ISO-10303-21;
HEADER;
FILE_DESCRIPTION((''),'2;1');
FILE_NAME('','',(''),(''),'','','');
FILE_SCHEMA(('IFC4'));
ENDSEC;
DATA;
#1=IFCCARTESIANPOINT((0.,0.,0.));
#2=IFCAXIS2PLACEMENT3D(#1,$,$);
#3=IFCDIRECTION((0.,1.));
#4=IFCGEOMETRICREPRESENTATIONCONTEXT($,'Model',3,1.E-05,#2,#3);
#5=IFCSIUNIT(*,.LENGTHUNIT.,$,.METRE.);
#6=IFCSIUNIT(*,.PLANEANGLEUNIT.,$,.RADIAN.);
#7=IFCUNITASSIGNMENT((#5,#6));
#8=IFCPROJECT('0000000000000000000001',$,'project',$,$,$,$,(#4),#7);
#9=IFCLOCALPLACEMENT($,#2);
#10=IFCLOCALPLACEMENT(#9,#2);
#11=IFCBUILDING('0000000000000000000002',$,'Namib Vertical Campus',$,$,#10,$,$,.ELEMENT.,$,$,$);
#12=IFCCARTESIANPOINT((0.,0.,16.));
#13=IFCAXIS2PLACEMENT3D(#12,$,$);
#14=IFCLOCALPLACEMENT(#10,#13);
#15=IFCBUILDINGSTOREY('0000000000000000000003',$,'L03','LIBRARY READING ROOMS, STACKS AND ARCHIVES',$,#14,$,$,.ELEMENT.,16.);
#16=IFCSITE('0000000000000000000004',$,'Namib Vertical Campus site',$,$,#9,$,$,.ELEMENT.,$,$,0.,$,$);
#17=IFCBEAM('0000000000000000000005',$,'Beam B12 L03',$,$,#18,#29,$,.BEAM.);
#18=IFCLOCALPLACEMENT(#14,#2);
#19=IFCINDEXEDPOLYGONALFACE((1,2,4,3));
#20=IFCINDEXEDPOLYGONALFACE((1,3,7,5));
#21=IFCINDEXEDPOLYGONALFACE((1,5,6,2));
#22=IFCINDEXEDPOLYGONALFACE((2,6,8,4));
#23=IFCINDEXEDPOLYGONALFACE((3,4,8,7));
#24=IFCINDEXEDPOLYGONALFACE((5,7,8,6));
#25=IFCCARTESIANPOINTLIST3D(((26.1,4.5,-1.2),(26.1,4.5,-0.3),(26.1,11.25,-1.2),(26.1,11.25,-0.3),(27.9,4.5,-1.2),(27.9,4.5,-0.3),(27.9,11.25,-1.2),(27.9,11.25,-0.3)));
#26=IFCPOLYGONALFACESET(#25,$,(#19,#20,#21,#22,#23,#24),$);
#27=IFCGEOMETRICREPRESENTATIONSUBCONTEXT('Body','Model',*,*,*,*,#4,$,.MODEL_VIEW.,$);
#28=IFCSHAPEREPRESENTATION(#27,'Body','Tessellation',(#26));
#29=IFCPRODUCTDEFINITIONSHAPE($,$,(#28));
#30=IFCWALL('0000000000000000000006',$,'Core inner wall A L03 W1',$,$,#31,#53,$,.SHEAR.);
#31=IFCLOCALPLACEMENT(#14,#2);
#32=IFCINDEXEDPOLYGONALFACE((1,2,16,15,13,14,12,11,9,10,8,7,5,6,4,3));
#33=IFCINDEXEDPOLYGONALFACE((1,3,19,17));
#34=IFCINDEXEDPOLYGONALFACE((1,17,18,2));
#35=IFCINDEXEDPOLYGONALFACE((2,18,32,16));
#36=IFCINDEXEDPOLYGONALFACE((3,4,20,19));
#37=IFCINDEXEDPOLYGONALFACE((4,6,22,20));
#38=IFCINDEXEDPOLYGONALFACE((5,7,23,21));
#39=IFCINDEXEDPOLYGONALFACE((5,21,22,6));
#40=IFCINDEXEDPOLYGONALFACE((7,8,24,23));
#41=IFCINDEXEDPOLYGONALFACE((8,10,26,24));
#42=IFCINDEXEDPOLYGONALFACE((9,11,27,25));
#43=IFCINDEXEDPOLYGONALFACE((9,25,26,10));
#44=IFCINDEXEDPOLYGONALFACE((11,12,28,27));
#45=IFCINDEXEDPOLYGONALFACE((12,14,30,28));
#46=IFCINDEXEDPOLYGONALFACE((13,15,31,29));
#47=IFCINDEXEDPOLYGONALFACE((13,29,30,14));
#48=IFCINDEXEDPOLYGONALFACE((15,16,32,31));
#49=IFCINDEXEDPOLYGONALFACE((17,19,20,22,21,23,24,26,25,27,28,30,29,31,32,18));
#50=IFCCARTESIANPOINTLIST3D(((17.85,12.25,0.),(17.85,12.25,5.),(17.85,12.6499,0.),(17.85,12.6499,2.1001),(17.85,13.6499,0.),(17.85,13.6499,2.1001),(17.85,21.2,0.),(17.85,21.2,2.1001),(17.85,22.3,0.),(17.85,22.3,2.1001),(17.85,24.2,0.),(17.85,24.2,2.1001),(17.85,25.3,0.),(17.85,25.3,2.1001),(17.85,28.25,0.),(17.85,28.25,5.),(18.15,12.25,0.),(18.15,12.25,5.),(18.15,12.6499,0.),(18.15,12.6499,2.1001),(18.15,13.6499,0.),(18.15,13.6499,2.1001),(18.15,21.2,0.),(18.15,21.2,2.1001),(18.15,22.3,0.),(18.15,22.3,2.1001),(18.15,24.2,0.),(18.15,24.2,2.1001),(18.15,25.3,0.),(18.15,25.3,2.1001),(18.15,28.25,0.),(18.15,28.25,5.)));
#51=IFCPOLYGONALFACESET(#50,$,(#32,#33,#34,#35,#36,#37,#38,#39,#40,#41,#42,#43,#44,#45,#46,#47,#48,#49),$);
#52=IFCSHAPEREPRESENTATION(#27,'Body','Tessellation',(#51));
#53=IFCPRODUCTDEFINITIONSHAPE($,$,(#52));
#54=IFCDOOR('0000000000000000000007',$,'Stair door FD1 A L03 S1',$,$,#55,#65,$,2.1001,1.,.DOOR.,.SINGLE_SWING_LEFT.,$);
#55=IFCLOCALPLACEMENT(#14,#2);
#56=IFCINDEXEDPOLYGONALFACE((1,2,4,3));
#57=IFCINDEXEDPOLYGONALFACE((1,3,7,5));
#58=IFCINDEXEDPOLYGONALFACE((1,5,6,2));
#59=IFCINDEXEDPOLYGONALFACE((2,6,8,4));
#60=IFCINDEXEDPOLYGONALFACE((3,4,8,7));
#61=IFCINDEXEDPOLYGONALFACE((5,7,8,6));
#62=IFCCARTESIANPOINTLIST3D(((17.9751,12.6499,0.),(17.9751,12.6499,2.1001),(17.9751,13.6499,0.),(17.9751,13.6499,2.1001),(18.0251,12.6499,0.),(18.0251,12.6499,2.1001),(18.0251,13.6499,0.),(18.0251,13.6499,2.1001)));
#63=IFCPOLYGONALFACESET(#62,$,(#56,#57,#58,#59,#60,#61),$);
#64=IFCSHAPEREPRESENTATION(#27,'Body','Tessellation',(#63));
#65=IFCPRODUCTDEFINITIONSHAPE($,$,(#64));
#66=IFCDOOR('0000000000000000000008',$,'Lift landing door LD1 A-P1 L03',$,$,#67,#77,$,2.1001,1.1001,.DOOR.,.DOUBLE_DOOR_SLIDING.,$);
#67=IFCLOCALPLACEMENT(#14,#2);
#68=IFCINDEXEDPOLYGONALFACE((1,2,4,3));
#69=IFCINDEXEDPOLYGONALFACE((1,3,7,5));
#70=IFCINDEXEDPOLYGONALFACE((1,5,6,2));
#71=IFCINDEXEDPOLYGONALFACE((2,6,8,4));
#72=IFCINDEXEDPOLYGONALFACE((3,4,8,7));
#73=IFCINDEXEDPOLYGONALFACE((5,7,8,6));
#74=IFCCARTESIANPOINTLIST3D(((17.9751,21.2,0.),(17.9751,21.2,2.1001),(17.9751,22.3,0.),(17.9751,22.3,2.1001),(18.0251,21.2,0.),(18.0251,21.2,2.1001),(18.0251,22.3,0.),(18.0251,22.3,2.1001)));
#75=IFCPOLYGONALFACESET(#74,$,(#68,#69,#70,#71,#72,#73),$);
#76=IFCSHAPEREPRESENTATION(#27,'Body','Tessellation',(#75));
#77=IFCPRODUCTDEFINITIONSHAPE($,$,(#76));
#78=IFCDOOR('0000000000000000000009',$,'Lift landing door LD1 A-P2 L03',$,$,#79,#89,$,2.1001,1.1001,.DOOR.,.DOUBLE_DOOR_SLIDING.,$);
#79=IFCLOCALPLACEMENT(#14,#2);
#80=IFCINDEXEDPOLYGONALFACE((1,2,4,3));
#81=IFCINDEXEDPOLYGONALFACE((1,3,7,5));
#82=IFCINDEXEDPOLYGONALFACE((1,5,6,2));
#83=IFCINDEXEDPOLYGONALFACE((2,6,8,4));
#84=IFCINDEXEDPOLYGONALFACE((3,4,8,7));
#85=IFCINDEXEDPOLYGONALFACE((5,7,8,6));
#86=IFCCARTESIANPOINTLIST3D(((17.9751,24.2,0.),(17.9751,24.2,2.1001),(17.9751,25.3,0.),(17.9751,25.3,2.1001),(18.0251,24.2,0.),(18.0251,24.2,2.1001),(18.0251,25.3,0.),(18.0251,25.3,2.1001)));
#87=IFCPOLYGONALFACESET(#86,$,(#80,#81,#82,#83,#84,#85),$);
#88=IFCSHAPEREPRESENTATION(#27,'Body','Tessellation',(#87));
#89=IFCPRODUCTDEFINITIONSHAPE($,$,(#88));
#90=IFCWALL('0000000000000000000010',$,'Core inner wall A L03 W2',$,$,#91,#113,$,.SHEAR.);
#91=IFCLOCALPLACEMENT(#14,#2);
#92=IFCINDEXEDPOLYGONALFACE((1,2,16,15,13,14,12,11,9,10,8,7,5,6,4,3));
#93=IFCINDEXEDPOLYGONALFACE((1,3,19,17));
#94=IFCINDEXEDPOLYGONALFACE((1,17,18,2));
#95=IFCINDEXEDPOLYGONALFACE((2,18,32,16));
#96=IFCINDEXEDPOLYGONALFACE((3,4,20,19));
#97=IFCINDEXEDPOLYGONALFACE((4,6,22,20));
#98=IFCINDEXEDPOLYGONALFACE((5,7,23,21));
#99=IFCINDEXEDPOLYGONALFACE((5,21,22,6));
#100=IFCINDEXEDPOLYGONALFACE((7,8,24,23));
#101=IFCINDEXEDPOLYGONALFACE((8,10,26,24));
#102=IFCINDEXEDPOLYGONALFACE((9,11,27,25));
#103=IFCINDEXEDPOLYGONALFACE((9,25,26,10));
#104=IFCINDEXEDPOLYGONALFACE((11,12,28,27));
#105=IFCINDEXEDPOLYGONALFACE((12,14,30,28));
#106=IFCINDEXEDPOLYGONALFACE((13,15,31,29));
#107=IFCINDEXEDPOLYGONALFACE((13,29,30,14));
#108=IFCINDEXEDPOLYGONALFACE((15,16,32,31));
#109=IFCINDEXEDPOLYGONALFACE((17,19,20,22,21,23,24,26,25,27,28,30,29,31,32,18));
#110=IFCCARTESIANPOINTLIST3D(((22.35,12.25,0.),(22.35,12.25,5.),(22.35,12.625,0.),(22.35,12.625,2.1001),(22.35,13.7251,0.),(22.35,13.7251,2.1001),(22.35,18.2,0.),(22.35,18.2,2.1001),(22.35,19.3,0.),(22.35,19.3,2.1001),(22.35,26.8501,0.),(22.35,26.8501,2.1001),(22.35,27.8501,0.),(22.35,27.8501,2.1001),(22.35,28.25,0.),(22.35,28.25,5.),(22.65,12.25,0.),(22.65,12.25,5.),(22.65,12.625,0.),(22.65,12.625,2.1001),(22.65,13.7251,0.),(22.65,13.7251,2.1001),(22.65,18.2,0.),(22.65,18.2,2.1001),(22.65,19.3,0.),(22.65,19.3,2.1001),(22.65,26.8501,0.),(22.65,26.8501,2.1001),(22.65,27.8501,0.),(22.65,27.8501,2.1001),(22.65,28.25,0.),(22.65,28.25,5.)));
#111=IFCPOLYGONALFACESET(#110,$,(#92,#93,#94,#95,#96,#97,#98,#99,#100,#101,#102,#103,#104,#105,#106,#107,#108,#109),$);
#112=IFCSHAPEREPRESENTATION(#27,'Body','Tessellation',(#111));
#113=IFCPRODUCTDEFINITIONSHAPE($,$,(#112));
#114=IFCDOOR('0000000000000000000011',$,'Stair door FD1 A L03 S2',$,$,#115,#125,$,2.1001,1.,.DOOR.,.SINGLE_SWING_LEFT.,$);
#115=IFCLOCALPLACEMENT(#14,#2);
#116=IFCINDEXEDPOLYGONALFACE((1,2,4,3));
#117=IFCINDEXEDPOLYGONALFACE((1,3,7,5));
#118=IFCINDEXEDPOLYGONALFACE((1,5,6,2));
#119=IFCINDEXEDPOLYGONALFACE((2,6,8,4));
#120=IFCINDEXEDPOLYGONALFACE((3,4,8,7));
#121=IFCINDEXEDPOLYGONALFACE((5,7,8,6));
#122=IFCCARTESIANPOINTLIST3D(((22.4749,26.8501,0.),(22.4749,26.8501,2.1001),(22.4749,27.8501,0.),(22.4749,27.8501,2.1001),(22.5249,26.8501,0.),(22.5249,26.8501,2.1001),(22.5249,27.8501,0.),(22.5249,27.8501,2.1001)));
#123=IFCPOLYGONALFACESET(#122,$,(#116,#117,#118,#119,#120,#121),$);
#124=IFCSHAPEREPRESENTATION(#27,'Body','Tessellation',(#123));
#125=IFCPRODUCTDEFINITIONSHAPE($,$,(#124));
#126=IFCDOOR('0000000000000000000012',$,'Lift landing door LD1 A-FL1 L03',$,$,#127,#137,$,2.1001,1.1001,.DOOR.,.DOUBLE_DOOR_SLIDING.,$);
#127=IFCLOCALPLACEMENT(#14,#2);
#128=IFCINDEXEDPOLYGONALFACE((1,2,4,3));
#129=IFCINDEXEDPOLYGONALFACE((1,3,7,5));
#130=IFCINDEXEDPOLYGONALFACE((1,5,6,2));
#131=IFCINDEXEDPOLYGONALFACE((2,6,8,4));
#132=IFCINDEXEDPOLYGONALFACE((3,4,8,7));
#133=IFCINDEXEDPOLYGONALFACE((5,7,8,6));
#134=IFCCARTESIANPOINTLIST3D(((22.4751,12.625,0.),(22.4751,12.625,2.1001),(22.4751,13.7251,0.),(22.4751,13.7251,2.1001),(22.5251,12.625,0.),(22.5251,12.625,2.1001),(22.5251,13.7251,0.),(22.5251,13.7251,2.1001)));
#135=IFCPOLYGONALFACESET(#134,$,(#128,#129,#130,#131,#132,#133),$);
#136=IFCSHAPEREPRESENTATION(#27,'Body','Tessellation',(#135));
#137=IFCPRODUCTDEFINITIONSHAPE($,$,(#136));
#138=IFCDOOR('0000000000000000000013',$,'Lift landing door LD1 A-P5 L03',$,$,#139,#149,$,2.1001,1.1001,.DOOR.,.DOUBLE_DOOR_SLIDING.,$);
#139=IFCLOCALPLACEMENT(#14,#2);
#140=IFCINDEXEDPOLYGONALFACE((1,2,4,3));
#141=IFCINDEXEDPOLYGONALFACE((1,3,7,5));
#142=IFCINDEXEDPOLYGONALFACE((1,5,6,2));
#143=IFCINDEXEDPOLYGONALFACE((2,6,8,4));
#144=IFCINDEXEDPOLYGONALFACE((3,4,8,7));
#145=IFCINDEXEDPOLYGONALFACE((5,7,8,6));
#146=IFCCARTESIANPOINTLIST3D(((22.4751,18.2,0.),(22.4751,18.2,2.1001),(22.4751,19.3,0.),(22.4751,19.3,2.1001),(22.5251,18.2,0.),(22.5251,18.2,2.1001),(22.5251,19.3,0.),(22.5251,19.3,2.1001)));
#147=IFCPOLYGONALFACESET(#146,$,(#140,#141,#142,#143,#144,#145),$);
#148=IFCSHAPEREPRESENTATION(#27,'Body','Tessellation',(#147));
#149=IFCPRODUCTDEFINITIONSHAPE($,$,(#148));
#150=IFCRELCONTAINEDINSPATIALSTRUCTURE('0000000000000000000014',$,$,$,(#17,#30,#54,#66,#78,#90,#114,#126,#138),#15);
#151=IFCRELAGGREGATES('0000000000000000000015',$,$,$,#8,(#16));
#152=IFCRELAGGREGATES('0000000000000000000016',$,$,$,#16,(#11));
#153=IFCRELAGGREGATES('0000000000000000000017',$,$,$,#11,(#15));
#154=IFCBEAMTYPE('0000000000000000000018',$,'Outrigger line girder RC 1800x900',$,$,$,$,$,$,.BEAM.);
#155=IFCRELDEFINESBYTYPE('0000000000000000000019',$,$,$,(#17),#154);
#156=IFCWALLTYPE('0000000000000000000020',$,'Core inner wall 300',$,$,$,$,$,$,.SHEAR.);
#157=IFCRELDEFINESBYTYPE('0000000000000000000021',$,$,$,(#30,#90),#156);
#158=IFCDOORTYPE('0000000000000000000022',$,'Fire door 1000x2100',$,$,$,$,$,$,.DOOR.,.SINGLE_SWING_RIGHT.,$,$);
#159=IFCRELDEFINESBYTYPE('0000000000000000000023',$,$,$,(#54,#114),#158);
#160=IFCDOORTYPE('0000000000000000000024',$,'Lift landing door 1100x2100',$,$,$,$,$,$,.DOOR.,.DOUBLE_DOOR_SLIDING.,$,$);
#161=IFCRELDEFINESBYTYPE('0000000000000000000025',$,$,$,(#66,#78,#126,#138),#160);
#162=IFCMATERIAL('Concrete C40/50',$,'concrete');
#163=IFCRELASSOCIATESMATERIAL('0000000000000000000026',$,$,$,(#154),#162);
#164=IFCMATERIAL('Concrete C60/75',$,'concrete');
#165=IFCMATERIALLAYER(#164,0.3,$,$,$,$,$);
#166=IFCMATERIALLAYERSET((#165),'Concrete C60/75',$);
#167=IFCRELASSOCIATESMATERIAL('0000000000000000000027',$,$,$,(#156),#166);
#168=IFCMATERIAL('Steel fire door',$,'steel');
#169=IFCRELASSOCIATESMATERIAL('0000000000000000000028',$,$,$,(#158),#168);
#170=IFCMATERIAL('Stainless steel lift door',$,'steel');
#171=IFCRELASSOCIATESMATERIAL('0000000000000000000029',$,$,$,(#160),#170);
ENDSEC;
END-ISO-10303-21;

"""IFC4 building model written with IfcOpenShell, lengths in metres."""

from ifc_helpers import new_model, si_unit, direction, frame, frame_2d, origin, origin_2d, place, context, subcontext, project, spatial, rectangle, extrude, material, layer, layer_set, material_profile, profile_set, type_object, element, fill, save


model = new_model("IFC4")

# Units and contexts
model_context = context("Model", 3, precision=1e-05, world=origin(), true_north=direction((0.0, 1.0)))
body_context = subcontext(model_context, "Body", "Model", "MODEL_VIEW")
ifc_project = project(units=[si_unit("LENGTHUNIT", "METRE"), si_unit("PLANEANGLEUNIT", "RADIAN")], contexts=[model_context])

# Site, building, storey
site_placement = place(None, origin())
site = spatial("IfcSite", under=ifc_project, at=site_placement, Name="Namib Vertical Campus site", CompositionType="ELEMENT", RefElevation=0.0)
building_placement = place(site_placement, origin())
building = spatial("IfcBuilding", under=site, at=building_placement, Name="Namib Vertical Campus", CompositionType="ELEMENT")
storey_placement = place(building_placement, frame((0.0, 0.0, 16.0)))
storey = spatial("IfcBuildingStorey", under=building, at=storey_placement, Name="L03", Description="LIBRARY READING ROOMS, STACKS AND ARCHIVES", CompositionType="ELEMENT", Elevation=16.0)

# Beam
ifc_material_1 = material(Name="Concrete C40/50", Category="concrete")
ifc_material_profile = material_profile(ifc_material_1, rectangle(XDim=1.8, YDim=0.8999, at=origin_2d()))
ifc_profile_set = profile_set([ifc_material_profile], Name="Concrete C40/50")
beam_type = type_object("IfcBeamType", Name="Outrigger line girder RC 1800x900", PredefinedType="BEAM", material=ifc_profile_set)
beam_placement = place(storey_placement, frame((27.0, 4.5, -0.75), z_axis=(0.0, 1.0, 0.0), x_axis=(-1.0, 0.0, 0.0)))
element("IfcBeam", 1, at=beam_placement, inside=storey, type_object=beam_type, Name="Beam B12 L03", PredefinedType="BEAM", context=body_context, shape_type="SweptSolid", body=[
    extrude(rectangle(XDim=1.8, YDim=0.8999, at=origin_2d()), origin(), (0.0, 0.0, 1.0), 6.75),
])

# Walls, openings, doors
ifc_material_2 = material(Name="Concrete C60/75", Category="concrete")
ifc_layer_1 = layer(ifc_material_2, 0.3)
ifc_layer_set_1 = layer_set([ifc_layer_1], Name="Concrete C60/75")
wall_type_1 = type_object("IfcWallType", Name="Core inner wall 300", PredefinedType="SHEAR", material=ifc_layer_set_1)
wall_1_placement = place(storey_placement, frame((18.0, 12.25, 0.0), z_axis=(0.0, 0.0, 1.0), x_axis=(0.0, 1.0, 0.0)))
wall_1 = element("IfcWall", 2, at=wall_1_placement, inside=storey, type_object=wall_type_1, Name="Core inner wall A L03 W1", PredefinedType="SHEAR", context=body_context, shape_type="SweptSolid", body=[
    extrude(rectangle(XDim=16.0, YDim=0.3, at=frame_2d((8.0, 0.0))), origin(), (0.0, 0.0, 1.0), 5.0),
])
opening_1_placement = place(wall_1_placement, frame((0.3999, 0.0, 0.0)))
opening_1 = element("IfcOpeningElement", 3, at=opening_1_placement, cuts=wall_1, PredefinedType="OPENING", context=body_context, shape_type="SweptSolid", body=[
    extrude(rectangle(XDim=1.0, YDim=2.1001, at=frame_2d((0.5, 1.05))), frame((0.0, 0.1599, 0.0), z_axis=(0.0, -1.0, 0.0), x_axis=(1.0, 0.0, 0.0)), (0.0, 0.0, 1.0), 0.3201),
])
opening_2_placement = place(wall_1_placement, frame((8.95, 0.0, 0.0)))
opening_2 = element("IfcOpeningElement", 4, at=opening_2_placement, cuts=wall_1, PredefinedType="OPENING", context=body_context, shape_type="SweptSolid", body=[
    extrude(rectangle(XDim=1.1001, YDim=2.1001, at=frame_2d((0.55, 1.05))), frame((0.0, 0.1599, 0.0), z_axis=(0.0, -1.0, 0.0), x_axis=(1.0, 0.0, 0.0)), (0.0, 0.0, 1.0), 0.3201),
])
opening_3_placement = place(wall_1_placement, frame((11.95, 0.0, 0.0)))
opening_3 = element("IfcOpeningElement", 5, at=opening_3_placement, cuts=wall_1, PredefinedType="OPENING", context=body_context, shape_type="SweptSolid", body=[
    extrude(rectangle(XDim=1.1001, YDim=2.1001, at=frame_2d((0.55, 1.05))), frame((0.0, 0.1599, 0.0), z_axis=(0.0, -1.0, 0.0), x_axis=(1.0, 0.0, 0.0)), (0.0, 0.0, 1.0), 0.3201),
])
ifc_material_3 = material(Name="Steel fire door", Category="steel")
door_type_1 = type_object("IfcDoorType", Name="Fire door 1000x2100", OperationType="SINGLE_SWING_RIGHT", PredefinedType="DOOR", material=ifc_material_3)
door_1_placement = place(opening_1_placement, origin())
door_1 = element("IfcDoor", 6, at=door_1_placement, inside=storey, type_object=door_type_1, Name="Stair door FD1 A L03 S1", OperationType="SINGLE_SWING_LEFT", OverallHeight=2.1001, OverallWidth=1.0, PredefinedType="DOOR", context=body_context, shape_type="SweptSolid", body=[
    extrude(rectangle(XDim=1.0, YDim=2.1001, at=frame_2d((0.5, 1.05))), frame((0.0, 0.0249, 0.0), z_axis=(0.0, -1.0, 0.0), x_axis=(1.0, 0.0, 0.0)), (0.0, 0.0, 1.0), 0.05),
])
fill(opening_1, door_1)
ifc_material_4 = material(Name="Stainless steel lift door", Category="steel")
door_type_2 = type_object("IfcDoorType", Name="Lift landing door 1100x2100", OperationType="DOUBLE_DOOR_SLIDING", PredefinedType="DOOR", material=ifc_material_4)
door_2_placement = place(opening_2_placement, origin())
door_2 = element("IfcDoor", 7, at=door_2_placement, inside=storey, type_object=door_type_2, Name="Lift landing door LD1 A-P1 L03", OperationType="DOUBLE_DOOR_SLIDING", OverallHeight=2.1001, OverallWidth=1.1001, PredefinedType="DOOR", context=body_context, shape_type="SweptSolid", body=[
    extrude(rectangle(XDim=1.1001, YDim=2.1001, at=frame_2d((0.55, 1.05))), frame((0.0, 0.0249, 0.0), z_axis=(0.0, -1.0, 0.0), x_axis=(1.0, 0.0, 0.0)), (0.0, 0.0, 1.0), 0.05),
])
fill(opening_2, door_2)
door_3_placement = place(opening_3_placement, origin())
door_3 = element("IfcDoor", 8, at=door_3_placement, inside=storey, type_object=door_type_2, Name="Lift landing door LD1 A-P2 L03", OperationType="DOUBLE_DOOR_SLIDING", OverallHeight=2.1001, OverallWidth=1.1001, PredefinedType="DOOR", context=body_context, shape_type="SweptSolid", body=[
    extrude(rectangle(XDim=1.1001, YDim=2.1001, at=frame_2d((0.55, 1.05))), frame((0.0, 0.0249, 0.0), z_axis=(0.0, -1.0, 0.0), x_axis=(1.0, 0.0, 0.0)), (0.0, 0.0, 1.0), 0.05),
])
fill(opening_3, door_3)
wall_2_placement = place(storey_placement, frame((22.5, 12.25, 0.0), z_axis=(0.0, 0.0, 1.0), x_axis=(0.0, 1.0, 0.0)))
wall_2 = element("IfcWall", 9, at=wall_2_placement, inside=storey, type_object=wall_type_1, Name="Core inner wall A L03 W2", PredefinedType="SHEAR", context=body_context, shape_type="SweptSolid", body=[
    extrude(rectangle(XDim=16.0, YDim=0.3, at=frame_2d((8.0, 0.0))), origin(), (0.0, 0.0, 1.0), 5.0),
])
opening_4_placement = place(wall_2_placement, frame((14.6001, 0.0, 0.0)))
opening_4 = element("IfcOpeningElement", 10, at=opening_4_placement, cuts=wall_2, PredefinedType="OPENING", context=body_context, shape_type="SweptSolid", body=[
    extrude(rectangle(XDim=1.0, YDim=2.1001, at=frame_2d((0.5, 1.05))), frame((0.0, 0.1599, 0.0), z_axis=(0.0, -1.0, 0.0), x_axis=(1.0, 0.0, 0.0)), (0.0, 0.0, 1.0), 0.3201),
])
opening_5_placement = place(wall_2_placement, frame((0.375, 0.0, 0.0)))
opening_5 = element("IfcOpeningElement", 11, at=opening_5_placement, cuts=wall_2, PredefinedType="OPENING", context=body_context, shape_type="SweptSolid", body=[
    extrude(rectangle(XDim=1.1001, YDim=2.1001, at=frame_2d((0.55, 1.05))), frame((0.0, 0.1599, 0.0), z_axis=(0.0, -1.0, 0.0), x_axis=(1.0, 0.0, 0.0)), (0.0, 0.0, 1.0), 0.3201),
])
opening_6_placement = place(wall_2_placement, frame((5.95, 0.0, 0.0)))
opening_6 = element("IfcOpeningElement", 12, at=opening_6_placement, cuts=wall_2, PredefinedType="OPENING", context=body_context, shape_type="SweptSolid", body=[
    extrude(rectangle(XDim=1.1001, YDim=2.1001, at=frame_2d((0.55, 1.05))), frame((0.0, 0.1599, 0.0), z_axis=(0.0, -1.0, 0.0), x_axis=(1.0, 0.0, 0.0)), (0.0, 0.0, 1.0), 0.3201),
])
door_4_placement = place(opening_4_placement, frame((1.0, 0.0, 0.0), z_axis=(0.0, 0.0, 1.0), x_axis=(-1.0, 0.0, 0.0)))
door_4 = element("IfcDoor", 13, at=door_4_placement, inside=storey, type_object=door_type_1, Name="Stair door FD1 A L03 S2", OperationType="SINGLE_SWING_LEFT", OverallHeight=2.1001, OverallWidth=1.0, PredefinedType="DOOR", context=body_context, shape_type="SweptSolid", body=[
    extrude(rectangle(XDim=1.0, YDim=2.1001, at=frame_2d((0.5, 1.05))), frame((0.0, 0.0249, 0.0), z_axis=(0.0, -1.0, 0.0), x_axis=(1.0, 0.0, 0.0)), (0.0, 0.0, 1.0), 0.05),
])
fill(opening_4, door_4)
door_5_placement = place(opening_5_placement, origin())
door_5 = element("IfcDoor", 14, at=door_5_placement, inside=storey, type_object=door_type_2, Name="Lift landing door LD1 A-FL1 L03", OperationType="DOUBLE_DOOR_SLIDING", OverallHeight=2.1001, OverallWidth=1.1001, PredefinedType="DOOR", context=body_context, shape_type="SweptSolid", body=[
    extrude(rectangle(XDim=1.1001, YDim=2.1001, at=frame_2d((0.55, 1.05))), frame((0.0, 0.0249, 0.0), z_axis=(0.0, -1.0, 0.0), x_axis=(1.0, 0.0, 0.0)), (0.0, 0.0, 1.0), 0.05),
])
fill(opening_5, door_5)
door_6_placement = place(opening_6_placement, origin())
door_6 = element("IfcDoor", 15, at=door_6_placement, inside=storey, type_object=door_type_2, Name="Lift landing door LD1 A-P5 L03", OperationType="DOUBLE_DOOR_SLIDING", OverallHeight=2.1001, OverallWidth=1.1001, PredefinedType="DOOR", context=body_context, shape_type="SweptSolid", body=[
    extrude(rectangle(XDim=1.1001, YDim=2.1001, at=frame_2d((0.55, 1.05))), frame((0.0, 0.0249, 0.0), z_axis=(0.0, -1.0, 0.0), x_axis=(1.0, 0.0, 0.0)), (0.0, 0.0, 1.0), 0.05),
])
fill(opening_6, door_6)

save(model, "model.ifc")
